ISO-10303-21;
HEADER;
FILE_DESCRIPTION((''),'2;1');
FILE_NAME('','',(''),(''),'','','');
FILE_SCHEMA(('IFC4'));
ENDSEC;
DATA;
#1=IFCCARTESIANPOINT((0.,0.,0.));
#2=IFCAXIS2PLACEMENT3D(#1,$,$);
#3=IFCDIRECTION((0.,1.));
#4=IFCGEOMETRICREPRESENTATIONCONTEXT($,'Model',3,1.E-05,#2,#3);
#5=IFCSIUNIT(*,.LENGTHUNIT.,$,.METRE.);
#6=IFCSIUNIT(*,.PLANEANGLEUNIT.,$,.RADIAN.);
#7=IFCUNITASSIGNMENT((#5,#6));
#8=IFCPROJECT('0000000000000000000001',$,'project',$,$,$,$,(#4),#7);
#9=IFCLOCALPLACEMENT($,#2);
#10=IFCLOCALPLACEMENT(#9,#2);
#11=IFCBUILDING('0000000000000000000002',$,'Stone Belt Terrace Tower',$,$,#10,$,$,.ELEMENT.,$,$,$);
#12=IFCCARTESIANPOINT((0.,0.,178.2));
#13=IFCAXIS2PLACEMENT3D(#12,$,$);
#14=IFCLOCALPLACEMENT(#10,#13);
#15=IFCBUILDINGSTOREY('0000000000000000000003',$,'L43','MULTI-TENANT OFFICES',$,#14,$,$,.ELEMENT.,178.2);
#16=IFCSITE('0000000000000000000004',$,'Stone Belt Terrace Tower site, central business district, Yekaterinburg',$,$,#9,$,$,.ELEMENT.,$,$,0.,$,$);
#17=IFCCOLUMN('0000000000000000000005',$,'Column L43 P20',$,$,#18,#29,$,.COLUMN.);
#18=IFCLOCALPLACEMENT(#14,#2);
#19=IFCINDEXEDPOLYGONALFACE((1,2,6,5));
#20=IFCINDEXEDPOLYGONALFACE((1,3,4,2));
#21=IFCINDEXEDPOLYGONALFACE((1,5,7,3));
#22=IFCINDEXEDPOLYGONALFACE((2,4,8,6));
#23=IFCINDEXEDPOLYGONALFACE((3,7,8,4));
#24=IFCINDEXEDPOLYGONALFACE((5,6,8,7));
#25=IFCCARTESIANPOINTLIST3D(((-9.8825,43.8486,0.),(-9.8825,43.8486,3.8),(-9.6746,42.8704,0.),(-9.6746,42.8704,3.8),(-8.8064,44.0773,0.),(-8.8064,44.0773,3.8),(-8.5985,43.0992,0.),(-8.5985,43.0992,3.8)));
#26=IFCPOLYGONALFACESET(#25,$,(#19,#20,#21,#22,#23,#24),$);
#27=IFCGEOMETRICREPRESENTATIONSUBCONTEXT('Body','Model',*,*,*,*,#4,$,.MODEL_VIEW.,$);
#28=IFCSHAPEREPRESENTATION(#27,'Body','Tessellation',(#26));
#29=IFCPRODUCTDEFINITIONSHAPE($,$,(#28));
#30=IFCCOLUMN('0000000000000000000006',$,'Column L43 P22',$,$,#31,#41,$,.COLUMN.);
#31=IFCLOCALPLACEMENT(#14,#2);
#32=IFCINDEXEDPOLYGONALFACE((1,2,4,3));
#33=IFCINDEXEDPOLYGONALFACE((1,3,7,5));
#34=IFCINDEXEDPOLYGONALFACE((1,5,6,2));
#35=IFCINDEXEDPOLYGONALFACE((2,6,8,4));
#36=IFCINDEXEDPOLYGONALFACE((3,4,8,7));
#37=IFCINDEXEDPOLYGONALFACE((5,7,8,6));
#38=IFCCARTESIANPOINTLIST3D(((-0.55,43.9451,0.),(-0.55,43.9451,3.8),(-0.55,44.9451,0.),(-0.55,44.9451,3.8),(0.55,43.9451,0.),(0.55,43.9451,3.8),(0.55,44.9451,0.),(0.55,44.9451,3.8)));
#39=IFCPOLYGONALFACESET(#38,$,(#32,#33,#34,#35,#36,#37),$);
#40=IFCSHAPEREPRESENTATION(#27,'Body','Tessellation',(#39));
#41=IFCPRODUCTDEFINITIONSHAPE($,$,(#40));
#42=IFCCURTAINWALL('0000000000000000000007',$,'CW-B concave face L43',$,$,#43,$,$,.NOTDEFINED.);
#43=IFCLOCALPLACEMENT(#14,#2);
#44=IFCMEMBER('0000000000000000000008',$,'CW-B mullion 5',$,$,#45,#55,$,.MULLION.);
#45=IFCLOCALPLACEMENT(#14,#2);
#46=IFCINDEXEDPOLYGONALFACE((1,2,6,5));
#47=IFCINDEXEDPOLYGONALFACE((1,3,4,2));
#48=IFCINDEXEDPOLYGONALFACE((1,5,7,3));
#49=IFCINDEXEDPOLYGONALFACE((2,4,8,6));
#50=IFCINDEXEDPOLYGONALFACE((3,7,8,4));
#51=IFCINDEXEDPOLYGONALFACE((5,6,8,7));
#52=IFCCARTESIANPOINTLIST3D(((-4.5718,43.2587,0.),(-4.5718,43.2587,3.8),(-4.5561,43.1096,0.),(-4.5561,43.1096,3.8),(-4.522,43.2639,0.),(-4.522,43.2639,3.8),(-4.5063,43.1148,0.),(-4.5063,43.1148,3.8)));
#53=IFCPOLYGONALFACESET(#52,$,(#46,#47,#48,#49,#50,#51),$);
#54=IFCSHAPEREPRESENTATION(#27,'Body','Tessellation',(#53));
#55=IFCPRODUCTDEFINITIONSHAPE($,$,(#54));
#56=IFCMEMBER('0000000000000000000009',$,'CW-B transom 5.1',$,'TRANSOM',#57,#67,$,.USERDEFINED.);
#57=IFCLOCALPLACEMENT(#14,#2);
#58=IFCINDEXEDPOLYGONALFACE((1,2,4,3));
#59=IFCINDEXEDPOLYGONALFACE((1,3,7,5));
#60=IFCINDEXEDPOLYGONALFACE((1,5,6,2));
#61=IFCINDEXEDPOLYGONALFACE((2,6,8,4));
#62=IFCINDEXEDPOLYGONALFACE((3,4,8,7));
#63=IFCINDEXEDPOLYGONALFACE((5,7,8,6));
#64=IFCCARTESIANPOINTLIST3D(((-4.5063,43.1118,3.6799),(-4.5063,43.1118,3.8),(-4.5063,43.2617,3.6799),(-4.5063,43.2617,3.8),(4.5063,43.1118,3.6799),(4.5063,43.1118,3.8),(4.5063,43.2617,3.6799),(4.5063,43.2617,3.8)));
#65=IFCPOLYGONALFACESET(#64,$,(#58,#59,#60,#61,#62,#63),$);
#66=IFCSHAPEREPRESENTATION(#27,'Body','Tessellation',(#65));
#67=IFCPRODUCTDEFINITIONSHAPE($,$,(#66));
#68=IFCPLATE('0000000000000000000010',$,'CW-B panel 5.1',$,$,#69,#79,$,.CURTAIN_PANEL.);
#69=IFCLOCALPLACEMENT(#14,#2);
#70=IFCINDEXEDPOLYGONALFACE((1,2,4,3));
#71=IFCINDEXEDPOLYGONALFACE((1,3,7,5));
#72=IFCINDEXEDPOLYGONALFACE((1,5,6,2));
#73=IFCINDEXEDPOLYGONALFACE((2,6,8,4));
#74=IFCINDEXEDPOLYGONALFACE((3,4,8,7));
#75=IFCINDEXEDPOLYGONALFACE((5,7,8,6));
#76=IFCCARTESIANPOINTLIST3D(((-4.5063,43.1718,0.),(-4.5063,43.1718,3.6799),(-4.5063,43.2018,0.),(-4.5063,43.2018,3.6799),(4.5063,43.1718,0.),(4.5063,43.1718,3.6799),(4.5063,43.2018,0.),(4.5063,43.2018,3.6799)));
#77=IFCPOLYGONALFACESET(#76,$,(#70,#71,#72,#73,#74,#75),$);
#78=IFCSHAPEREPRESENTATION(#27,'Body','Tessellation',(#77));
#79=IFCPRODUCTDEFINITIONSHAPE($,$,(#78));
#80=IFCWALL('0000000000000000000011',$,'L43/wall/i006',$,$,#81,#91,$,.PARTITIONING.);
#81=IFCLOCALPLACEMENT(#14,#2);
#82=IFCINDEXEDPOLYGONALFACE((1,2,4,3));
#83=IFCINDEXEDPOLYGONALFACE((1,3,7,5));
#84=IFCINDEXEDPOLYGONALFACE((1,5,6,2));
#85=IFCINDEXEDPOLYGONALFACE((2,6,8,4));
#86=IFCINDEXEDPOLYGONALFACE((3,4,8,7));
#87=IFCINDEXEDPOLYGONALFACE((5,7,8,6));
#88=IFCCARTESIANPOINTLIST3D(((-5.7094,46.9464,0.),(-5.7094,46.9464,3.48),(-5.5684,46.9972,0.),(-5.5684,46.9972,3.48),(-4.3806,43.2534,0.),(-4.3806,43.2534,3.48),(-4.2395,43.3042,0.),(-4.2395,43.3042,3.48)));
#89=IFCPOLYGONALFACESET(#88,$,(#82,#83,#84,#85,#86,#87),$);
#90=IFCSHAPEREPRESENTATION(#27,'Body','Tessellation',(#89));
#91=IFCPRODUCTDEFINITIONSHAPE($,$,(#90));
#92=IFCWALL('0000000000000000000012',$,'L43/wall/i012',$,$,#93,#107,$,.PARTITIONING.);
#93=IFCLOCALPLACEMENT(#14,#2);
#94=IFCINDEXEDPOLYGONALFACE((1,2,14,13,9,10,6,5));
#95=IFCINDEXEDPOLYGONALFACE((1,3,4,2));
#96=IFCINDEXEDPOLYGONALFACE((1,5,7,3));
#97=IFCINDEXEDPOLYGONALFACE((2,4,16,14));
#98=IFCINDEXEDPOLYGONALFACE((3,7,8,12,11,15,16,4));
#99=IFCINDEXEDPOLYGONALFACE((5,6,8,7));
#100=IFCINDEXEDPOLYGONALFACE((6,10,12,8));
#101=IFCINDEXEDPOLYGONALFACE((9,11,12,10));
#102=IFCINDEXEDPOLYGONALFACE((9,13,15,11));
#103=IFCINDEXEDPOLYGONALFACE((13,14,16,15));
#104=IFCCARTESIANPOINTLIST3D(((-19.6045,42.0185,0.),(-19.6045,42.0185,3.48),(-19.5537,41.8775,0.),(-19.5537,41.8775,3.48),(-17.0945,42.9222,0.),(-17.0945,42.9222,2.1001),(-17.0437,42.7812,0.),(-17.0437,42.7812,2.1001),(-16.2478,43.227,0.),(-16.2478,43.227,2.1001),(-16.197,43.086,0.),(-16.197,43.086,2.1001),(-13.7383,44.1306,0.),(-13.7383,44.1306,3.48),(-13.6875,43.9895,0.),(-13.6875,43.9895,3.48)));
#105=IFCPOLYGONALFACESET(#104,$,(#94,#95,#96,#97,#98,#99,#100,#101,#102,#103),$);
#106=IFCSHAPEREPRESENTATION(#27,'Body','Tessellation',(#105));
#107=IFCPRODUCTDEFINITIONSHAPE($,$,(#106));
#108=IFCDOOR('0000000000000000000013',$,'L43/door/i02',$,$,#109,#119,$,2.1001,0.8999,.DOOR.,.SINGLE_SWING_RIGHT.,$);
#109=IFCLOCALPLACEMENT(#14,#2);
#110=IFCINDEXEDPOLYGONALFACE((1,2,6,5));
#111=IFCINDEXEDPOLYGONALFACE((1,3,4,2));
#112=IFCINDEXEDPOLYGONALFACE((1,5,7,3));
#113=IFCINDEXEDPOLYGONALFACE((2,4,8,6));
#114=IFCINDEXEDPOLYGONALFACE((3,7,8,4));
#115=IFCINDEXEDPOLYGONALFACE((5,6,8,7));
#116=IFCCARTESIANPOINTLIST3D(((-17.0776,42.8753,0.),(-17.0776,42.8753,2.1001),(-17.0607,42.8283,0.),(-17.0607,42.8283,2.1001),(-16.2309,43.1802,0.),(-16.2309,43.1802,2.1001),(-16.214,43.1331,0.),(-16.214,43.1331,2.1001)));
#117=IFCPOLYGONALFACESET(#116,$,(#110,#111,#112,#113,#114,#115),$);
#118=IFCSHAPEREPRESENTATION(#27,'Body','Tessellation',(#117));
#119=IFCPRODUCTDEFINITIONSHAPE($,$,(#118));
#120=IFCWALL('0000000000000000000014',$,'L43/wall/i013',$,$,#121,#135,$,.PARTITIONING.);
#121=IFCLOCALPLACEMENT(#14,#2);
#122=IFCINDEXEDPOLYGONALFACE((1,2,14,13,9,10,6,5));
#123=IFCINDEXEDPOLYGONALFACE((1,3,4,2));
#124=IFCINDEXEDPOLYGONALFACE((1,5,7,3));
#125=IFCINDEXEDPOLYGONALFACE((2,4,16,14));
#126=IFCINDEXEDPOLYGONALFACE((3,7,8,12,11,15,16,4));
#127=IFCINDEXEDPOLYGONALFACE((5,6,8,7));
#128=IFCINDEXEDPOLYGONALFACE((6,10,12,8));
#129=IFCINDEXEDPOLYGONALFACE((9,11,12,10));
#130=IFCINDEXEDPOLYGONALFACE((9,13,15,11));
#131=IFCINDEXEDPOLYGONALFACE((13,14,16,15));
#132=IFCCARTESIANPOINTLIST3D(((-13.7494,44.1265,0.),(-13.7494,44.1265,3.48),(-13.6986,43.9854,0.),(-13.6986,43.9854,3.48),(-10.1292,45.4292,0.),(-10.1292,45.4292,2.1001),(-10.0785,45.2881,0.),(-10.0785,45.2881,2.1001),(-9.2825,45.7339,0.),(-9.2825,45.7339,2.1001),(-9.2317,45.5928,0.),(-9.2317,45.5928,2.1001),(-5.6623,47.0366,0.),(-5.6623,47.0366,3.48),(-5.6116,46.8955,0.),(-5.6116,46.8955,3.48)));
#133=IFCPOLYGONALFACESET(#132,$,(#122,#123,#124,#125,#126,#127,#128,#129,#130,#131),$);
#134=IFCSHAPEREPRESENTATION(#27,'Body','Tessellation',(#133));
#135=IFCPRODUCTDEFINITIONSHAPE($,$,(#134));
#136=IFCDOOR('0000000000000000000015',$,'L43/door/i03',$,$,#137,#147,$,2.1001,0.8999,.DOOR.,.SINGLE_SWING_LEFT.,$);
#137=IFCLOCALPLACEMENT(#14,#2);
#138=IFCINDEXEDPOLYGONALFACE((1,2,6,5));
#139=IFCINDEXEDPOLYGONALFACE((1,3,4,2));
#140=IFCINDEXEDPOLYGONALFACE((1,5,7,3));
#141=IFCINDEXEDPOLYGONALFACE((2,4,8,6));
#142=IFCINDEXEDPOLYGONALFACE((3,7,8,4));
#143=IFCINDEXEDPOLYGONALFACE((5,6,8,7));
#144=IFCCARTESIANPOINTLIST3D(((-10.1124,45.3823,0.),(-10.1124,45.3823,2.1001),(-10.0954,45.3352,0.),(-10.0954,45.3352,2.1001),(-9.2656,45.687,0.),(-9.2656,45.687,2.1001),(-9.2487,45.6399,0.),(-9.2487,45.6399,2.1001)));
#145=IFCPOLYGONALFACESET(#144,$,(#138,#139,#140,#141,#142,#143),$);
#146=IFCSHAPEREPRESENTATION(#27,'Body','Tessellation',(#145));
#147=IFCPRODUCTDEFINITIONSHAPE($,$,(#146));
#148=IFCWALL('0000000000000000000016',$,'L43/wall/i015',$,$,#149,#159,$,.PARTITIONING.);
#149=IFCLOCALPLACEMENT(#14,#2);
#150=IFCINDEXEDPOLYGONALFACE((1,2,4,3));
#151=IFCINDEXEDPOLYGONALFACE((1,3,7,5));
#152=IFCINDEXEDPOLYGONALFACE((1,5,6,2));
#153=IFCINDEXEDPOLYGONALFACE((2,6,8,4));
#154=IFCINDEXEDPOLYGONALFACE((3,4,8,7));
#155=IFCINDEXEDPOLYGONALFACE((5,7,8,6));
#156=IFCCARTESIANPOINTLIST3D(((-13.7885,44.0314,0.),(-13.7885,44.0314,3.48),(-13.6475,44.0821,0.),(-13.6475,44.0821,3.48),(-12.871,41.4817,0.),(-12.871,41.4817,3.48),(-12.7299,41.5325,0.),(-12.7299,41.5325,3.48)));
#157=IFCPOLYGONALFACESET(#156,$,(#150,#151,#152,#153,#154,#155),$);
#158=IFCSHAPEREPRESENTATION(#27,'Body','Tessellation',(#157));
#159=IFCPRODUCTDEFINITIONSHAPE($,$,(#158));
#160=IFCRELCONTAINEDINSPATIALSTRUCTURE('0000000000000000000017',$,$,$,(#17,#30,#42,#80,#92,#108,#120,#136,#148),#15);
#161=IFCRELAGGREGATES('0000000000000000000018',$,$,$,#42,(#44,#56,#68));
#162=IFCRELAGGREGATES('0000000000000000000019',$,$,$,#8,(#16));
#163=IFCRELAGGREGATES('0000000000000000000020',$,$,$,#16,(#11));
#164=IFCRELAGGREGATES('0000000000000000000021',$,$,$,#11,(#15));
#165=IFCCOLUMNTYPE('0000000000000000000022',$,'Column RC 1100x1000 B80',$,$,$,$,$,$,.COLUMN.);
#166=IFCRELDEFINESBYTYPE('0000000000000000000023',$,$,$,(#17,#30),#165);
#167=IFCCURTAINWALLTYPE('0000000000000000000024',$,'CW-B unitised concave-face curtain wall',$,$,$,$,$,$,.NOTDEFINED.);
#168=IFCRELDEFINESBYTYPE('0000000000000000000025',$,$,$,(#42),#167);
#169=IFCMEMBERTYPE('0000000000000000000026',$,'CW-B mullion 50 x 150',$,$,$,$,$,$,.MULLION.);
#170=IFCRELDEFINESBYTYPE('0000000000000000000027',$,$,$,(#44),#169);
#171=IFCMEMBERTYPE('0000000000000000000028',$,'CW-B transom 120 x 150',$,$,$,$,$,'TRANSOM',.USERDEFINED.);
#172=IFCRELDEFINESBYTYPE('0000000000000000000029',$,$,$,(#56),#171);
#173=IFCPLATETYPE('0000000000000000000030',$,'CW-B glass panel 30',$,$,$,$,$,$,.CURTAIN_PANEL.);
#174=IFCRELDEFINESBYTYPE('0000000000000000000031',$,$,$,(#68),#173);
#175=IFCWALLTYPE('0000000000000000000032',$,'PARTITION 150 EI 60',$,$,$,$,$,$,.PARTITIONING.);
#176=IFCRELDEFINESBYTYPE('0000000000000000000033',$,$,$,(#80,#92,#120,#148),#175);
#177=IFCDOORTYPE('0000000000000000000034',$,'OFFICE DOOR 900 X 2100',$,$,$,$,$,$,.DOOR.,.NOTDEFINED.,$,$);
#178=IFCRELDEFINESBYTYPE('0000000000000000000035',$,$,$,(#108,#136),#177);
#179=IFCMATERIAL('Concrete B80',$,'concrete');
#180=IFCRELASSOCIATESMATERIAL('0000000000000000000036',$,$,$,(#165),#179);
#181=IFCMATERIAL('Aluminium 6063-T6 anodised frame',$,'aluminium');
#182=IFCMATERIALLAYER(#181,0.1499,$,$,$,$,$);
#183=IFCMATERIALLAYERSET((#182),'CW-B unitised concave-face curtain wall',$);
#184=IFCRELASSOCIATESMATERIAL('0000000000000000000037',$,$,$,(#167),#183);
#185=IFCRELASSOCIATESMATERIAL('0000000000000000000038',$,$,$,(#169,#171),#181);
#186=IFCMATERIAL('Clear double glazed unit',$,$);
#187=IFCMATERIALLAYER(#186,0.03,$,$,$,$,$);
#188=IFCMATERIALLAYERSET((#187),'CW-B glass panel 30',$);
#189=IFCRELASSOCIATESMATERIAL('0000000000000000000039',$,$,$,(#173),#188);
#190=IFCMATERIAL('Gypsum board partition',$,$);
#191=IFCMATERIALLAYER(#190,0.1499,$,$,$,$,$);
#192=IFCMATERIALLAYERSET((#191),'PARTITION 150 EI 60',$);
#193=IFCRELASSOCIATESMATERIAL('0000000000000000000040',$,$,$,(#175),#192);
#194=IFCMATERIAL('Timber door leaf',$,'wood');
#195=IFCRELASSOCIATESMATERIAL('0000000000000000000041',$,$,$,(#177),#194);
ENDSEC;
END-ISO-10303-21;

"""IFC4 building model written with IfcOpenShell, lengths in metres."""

from ifc_helpers import new_model, si_unit, direction, frame, frame_2d, origin, origin_2d, place, context, subcontext, project, spatial, rectangle, extrude, material, layer, layer_set, material_profile, profile_set, type_object, element, fill, aggregate, save


model = new_model("IFC4")

# Units and contexts
model_context = context("Model", 3, precision=1e-05, world=origin(), true_north=direction((0.0, 1.0)))
body_context = subcontext(model_context, "Body", "Model", "MODEL_VIEW")
ifc_project = project(units=[si_unit("LENGTHUNIT", "METRE"), si_unit("PLANEANGLEUNIT", "RADIAN")], contexts=[model_context])

# Site, building, storey
site_placement = place(None, origin())
site = spatial("IfcSite", under=ifc_project, at=site_placement, Name="Stone Belt Terrace Tower site, central business district, Yekaterinburg", CompositionType="ELEMENT", RefElevation=0.0)
building_placement = place(site_placement, origin())
building = spatial("IfcBuilding", under=site, at=building_placement, Name="Stone Belt Terrace Tower", CompositionType="ELEMENT")
storey_placement = place(building_placement, frame((0.0, 0.0, 178.2)))
storey = spatial("IfcBuildingStorey", under=building, at=storey_placement, Name="L43", Description="MULTI-TENANT OFFICES", CompositionType="ELEMENT", Elevation=178.2)

# Columns
ifc_material_1 = material(Name="Concrete B80", Category="concrete")
ifc_material_profile_1 = material_profile(ifc_material_1, rectangle(XDim=1.1001, YDim=1.0, at=origin_2d()), Name="RC 1100x1000")
ifc_profile_set_1 = profile_set([ifc_material_profile_1], Name="Concrete B80")
column_type = type_object("IfcColumnType", Name="Column RC 1100x1000 B80", PredefinedType="COLUMN", material=ifc_profile_set_1)
for number, where, z_axis, x_axis, name in (
    (1, (-9.2405, 43.4739, 0.0), (0.0, 0.0, 1.0), (0.978148, 0.207912, 0.0), "Column L43 P20"),
    (2, (0.0, 44.4451, 0.0), (0.0, 0.0, 1.0), (1.0, 0.0, 0.0), "Column L43 P22"),
):
    element("IfcColumn", number, at=place(storey_placement, frame(where, z_axis=z_axis, x_axis=x_axis)), inside=storey, type_object=column_type, Name=name, PredefinedType="COLUMN", context=body_context, shape_type="SweptSolid", body=[
        extrude(rectangle(XDim=1.1001, YDim=1.0, at=origin_2d()), origin(), (0.0, 0.0, 1.0), 3.8),
    ])

# Curtain wall, members, plate
ifc_material_2 = material(Name="Aluminium 6063-T6 anodised frame", Category="aluminium")
ifc_layer_1 = layer(ifc_material_2, 0.1499)
ifc_layer_set_1 = layer_set([ifc_layer_1], Name="CW-B unitised concave-face curtain wall")
curtain_wall_type = type_object("IfcCurtainWallType", Name="CW-B unitised concave-face curtain wall", PredefinedType="NOTDEFINED", material=ifc_layer_set_1)
curtain_wall_placement = place(storey_placement, origin())
curtain_wall = element("IfcCurtainWall", 3, at=curtain_wall_placement, inside=storey, type_object=curtain_wall_type, Name="CW-B concave face L43", PredefinedType="NOTDEFINED")
ifc_material_profile_2 = material_profile(ifc_material_2, rectangle(XDim=0.1499, YDim=0.05, at=origin_2d()), Name="Aluminium 6063-T6 50x150")
ifc_profile_set_2 = profile_set([ifc_material_profile_2], Name="Aluminium 6063-T6 anodised frame")
member_type_1 = type_object("IfcMemberType", Name="CW-B mullion 50 x 150", PredefinedType="MULLION", material=ifc_profile_set_2)
member_1_placement = place(storey_placement, frame((-4.5391, 43.1868, 0.0), z_axis=(0.0, 0.0, 1.0), x_axis=(-0.104528, 0.994522, 0.0)))
member_1 = element("IfcMember", 4, at=member_1_placement, type_object=member_type_1, Name="CW-B mullion 5", PredefinedType="MULLION", context=body_context, shape_type="SweptSolid", body=[
    extrude(rectangle(XDim=0.1499, YDim=0.05, at=origin_2d()), origin(), (0.0, 0.0, 1.0), 3.8),
])
ifc_material_profile_3 = material_profile(ifc_material_2, rectangle(XDim=0.1499, YDim=0.1201, at=origin_2d()), Name="Aluminium 6063-T6 150x120")
ifc_profile_set_3 = profile_set([ifc_material_profile_3], Name="Aluminium 6063-T6 anodised frame")
member_type_2 = type_object("IfcMemberType", Name="CW-B transom 120 x 150", ElementType="TRANSOM", PredefinedType="USERDEFINED", material=ifc_profile_set_3)
member_2_placement = place(storey_placement, frame((-4.5063, 43.1868, 3.74), z_axis=(1.0, 0.0, 0.0), x_axis=(0.0, 1.0, 0.0)))
member_2 = element("IfcMember", 5, at=member_2_placement, type_object=member_type_2, Name="CW-B transom 5.1", ObjectType="TRANSOM", PredefinedType="USERDEFINED", context=body_context, shape_type="SweptSolid", body=[
    extrude(rectangle(XDim=0.1499, YDim=0.1201, at=origin_2d()), origin(), (0.0, 0.0, 1.0), 9.0127),
])
ifc_material_3 = material(Name="Clear double glazed unit")
ifc_layer_2 = layer(ifc_material_3, 0.03)
ifc_layer_set_2 = layer_set([ifc_layer_2], Name="CW-B glass panel 30")
plate_type = type_object("IfcPlateType", Name="CW-B glass panel 30", PredefinedType="CURTAIN_PANEL", material=ifc_layer_set_2)
plate_placement = place(storey_placement, frame((0.0, 43.1868, 0.0), z_axis=(0.0, 0.0, 1.0), x_axis=(1.0, 0.0, 0.0)))
plate = element("IfcPlate", 6, at=plate_placement, type_object=plate_type, Name="CW-B panel 5.1", PredefinedType="CURTAIN_PANEL", context=body_context, shape_type="SweptSolid", body=[
    extrude(rectangle(XDim=9.0127, YDim=0.03, at=origin_2d()), origin(), (0.0, 0.0, 1.0), 3.6799),
])
aggregate(curtain_wall, [member_1, member_2, plate])

# Wall
ifc_material_4 = material(Name="Gypsum board partition")
ifc_layer_3 = layer(ifc_material_4, 0.1499)
ifc_layer_set_3 = layer_set([ifc_layer_3], Name="PARTITION 150 EI 60")
wall_type_1 = type_object("IfcWallType", Name="PARTITION 150 EI 60", PredefinedType="PARTITIONING", material=ifc_layer_set_3)
wall_1_placement = place(storey_placement, frame((-4.3101, 43.2788, 0.0), z_axis=(0.0, 0.0, 1.0), x_axis=(-0.33857, 0.940941, 0.0)))
element("IfcWall", 7, at=wall_1_placement, inside=storey, type_object=wall_type_1, Name="L43/wall/i006", PredefinedType="PARTITIONING", context=body_context, shape_type="SweptSolid", body=[
    extrude(rectangle(XDim=3.9248, YDim=0.1499, at=frame_2d((1.9624, 0.0))), origin(), (0.0, 0.0, 1.0), 3.48),
])

# Walls, openings, doors
wall_2_placement = place(storey_placement, frame((-13.7129, 44.0601, 0.0), z_axis=(0.0, 0.0, 1.0), x_axis=(-0.940876, -0.338751, 0.0)))
wall_2 = element("IfcWall", 8, at=wall_2_placement, inside=storey, type_object=wall_type_1, Name="L43/wall/i012", PredefinedType="PARTITIONING", context=body_context, shape_type="SweptSolid", body=[
    extrude(rectangle(XDim=6.2349, YDim=0.1499, at=frame_2d((3.1174, 0.0))), origin(), (0.0, 0.0, 1.0), 3.48),
])
opening_1_placement = place(wall_2_placement, frame((2.6672, 0.0, 0.0)))
opening_1 = element("IfcOpeningElement", 9, at=opening_1_placement, cuts=wall_2, PredefinedType="OPENING", context=body_context, shape_type="SweptSolid", body=[
    extrude(rectangle(XDim=0.8999, YDim=2.1001, at=frame_2d((0.45, 1.05))), frame((0.0, 0.085, 0.0), z_axis=(0.0, -1.0, 0.0), x_axis=(1.0, 0.0, 0.0)), (0.0, 0.0, 1.0), 0.1699),
])
ifc_material_5 = material(Name="Timber door leaf", Category="wood")
door_type_1 = type_object("IfcDoorType", Name="OFFICE DOOR 900 X 2100", OperationType="NOTDEFINED", PredefinedType="DOOR", material=ifc_material_5)
door_1_placement = place(opening_1_placement, origin())
door_1 = element("IfcDoor", 10, at=door_1_placement, inside=storey, type_object=door_type_1, Name="L43/door/i02", OperationType="SINGLE_SWING_RIGHT", OverallHeight=2.1001, OverallWidth=0.8999, PredefinedType="DOOR", context=body_context, shape_type="SweptSolid", body=[
    extrude(rectangle(XDim=0.8999, YDim=2.1001, at=frame_2d((0.45, 1.05))), frame((0.0, 0.0249, 0.0), z_axis=(0.0, -1.0, 0.0), x_axis=(1.0, 0.0, 0.0)), (0.0, 0.0, 1.0), 0.05),
])
fill(opening_1, door_1)
wall_3_placement = place(storey_placement, frame((-5.637, 46.9661, 0.0), z_axis=(0.0, 0.0, 1.0), x_axis=(-0.940933, -0.338594, 0.0)))
wall_3 = element("IfcWall", 11, at=wall_3_placement, inside=storey, type_object=wall_type_1, Name="L43/wall/i013", PredefinedType="PARTITIONING", context=body_context, shape_type="SweptSolid", body=[
    extrude(rectangle(XDim=8.5947, YDim=0.1499, at=frame_2d((4.2974, 0.0))), origin(), (0.0, 0.0, 1.0), 3.48),
])
opening_2_placement = place(wall_3_placement, frame((3.8474, 0.0, 0.0)))
opening_2 = element("IfcOpeningElement", 12, at=opening_2_placement, cuts=wall_3, PredefinedType="OPENING", context=body_context, shape_type="SweptSolid", body=[
    extrude(rectangle(XDim=0.8999, YDim=2.1001, at=frame_2d((0.45, 1.05))), frame((0.0, 0.085, 0.0), z_axis=(0.0, -1.0, 0.0), x_axis=(1.0, 0.0, 0.0)), (0.0, 0.0, 1.0), 0.1699),
])
door_2_placement = place(opening_2_placement, origin())
door_2 = element("IfcDoor", 13, at=door_2_placement, inside=storey, type_object=door_type_1, Name="L43/door/i03", OperationType="SINGLE_SWING_LEFT", OverallHeight=2.1001, OverallWidth=0.8999, PredefinedType="DOOR", context=body_context, shape_type="SweptSolid", body=[
    extrude(rectangle(XDim=0.8999, YDim=2.1001, at=frame_2d((0.45, 1.05))), frame((0.0, 0.0249, 0.0), z_axis=(0.0, -1.0, 0.0), x_axis=(1.0, 0.0, 0.0)), (0.0, 0.0, 1.0), 0.05),
])
fill(opening_2, door_2)

# Wall
wall_4_placement = place(storey_placement, frame((-13.718, 44.0569, 0.0), z_axis=(0.0, 0.0, 1.0), x_axis=(0.338601, -0.94093, 0.0)))
element("IfcWall", 14, at=wall_4_placement, inside=storey, type_object=wall_type_1, Name="L43/wall/i015", PredefinedType="PARTITIONING", context=body_context, shape_type="SweptSolid", body=[
    extrude(rectangle(XDim=2.7097, YDim=0.1499, at=frame_2d((1.355, 0.0))), origin(), (0.0, 0.0, 1.0), 3.48),
])

save(model, "model.ifc")
